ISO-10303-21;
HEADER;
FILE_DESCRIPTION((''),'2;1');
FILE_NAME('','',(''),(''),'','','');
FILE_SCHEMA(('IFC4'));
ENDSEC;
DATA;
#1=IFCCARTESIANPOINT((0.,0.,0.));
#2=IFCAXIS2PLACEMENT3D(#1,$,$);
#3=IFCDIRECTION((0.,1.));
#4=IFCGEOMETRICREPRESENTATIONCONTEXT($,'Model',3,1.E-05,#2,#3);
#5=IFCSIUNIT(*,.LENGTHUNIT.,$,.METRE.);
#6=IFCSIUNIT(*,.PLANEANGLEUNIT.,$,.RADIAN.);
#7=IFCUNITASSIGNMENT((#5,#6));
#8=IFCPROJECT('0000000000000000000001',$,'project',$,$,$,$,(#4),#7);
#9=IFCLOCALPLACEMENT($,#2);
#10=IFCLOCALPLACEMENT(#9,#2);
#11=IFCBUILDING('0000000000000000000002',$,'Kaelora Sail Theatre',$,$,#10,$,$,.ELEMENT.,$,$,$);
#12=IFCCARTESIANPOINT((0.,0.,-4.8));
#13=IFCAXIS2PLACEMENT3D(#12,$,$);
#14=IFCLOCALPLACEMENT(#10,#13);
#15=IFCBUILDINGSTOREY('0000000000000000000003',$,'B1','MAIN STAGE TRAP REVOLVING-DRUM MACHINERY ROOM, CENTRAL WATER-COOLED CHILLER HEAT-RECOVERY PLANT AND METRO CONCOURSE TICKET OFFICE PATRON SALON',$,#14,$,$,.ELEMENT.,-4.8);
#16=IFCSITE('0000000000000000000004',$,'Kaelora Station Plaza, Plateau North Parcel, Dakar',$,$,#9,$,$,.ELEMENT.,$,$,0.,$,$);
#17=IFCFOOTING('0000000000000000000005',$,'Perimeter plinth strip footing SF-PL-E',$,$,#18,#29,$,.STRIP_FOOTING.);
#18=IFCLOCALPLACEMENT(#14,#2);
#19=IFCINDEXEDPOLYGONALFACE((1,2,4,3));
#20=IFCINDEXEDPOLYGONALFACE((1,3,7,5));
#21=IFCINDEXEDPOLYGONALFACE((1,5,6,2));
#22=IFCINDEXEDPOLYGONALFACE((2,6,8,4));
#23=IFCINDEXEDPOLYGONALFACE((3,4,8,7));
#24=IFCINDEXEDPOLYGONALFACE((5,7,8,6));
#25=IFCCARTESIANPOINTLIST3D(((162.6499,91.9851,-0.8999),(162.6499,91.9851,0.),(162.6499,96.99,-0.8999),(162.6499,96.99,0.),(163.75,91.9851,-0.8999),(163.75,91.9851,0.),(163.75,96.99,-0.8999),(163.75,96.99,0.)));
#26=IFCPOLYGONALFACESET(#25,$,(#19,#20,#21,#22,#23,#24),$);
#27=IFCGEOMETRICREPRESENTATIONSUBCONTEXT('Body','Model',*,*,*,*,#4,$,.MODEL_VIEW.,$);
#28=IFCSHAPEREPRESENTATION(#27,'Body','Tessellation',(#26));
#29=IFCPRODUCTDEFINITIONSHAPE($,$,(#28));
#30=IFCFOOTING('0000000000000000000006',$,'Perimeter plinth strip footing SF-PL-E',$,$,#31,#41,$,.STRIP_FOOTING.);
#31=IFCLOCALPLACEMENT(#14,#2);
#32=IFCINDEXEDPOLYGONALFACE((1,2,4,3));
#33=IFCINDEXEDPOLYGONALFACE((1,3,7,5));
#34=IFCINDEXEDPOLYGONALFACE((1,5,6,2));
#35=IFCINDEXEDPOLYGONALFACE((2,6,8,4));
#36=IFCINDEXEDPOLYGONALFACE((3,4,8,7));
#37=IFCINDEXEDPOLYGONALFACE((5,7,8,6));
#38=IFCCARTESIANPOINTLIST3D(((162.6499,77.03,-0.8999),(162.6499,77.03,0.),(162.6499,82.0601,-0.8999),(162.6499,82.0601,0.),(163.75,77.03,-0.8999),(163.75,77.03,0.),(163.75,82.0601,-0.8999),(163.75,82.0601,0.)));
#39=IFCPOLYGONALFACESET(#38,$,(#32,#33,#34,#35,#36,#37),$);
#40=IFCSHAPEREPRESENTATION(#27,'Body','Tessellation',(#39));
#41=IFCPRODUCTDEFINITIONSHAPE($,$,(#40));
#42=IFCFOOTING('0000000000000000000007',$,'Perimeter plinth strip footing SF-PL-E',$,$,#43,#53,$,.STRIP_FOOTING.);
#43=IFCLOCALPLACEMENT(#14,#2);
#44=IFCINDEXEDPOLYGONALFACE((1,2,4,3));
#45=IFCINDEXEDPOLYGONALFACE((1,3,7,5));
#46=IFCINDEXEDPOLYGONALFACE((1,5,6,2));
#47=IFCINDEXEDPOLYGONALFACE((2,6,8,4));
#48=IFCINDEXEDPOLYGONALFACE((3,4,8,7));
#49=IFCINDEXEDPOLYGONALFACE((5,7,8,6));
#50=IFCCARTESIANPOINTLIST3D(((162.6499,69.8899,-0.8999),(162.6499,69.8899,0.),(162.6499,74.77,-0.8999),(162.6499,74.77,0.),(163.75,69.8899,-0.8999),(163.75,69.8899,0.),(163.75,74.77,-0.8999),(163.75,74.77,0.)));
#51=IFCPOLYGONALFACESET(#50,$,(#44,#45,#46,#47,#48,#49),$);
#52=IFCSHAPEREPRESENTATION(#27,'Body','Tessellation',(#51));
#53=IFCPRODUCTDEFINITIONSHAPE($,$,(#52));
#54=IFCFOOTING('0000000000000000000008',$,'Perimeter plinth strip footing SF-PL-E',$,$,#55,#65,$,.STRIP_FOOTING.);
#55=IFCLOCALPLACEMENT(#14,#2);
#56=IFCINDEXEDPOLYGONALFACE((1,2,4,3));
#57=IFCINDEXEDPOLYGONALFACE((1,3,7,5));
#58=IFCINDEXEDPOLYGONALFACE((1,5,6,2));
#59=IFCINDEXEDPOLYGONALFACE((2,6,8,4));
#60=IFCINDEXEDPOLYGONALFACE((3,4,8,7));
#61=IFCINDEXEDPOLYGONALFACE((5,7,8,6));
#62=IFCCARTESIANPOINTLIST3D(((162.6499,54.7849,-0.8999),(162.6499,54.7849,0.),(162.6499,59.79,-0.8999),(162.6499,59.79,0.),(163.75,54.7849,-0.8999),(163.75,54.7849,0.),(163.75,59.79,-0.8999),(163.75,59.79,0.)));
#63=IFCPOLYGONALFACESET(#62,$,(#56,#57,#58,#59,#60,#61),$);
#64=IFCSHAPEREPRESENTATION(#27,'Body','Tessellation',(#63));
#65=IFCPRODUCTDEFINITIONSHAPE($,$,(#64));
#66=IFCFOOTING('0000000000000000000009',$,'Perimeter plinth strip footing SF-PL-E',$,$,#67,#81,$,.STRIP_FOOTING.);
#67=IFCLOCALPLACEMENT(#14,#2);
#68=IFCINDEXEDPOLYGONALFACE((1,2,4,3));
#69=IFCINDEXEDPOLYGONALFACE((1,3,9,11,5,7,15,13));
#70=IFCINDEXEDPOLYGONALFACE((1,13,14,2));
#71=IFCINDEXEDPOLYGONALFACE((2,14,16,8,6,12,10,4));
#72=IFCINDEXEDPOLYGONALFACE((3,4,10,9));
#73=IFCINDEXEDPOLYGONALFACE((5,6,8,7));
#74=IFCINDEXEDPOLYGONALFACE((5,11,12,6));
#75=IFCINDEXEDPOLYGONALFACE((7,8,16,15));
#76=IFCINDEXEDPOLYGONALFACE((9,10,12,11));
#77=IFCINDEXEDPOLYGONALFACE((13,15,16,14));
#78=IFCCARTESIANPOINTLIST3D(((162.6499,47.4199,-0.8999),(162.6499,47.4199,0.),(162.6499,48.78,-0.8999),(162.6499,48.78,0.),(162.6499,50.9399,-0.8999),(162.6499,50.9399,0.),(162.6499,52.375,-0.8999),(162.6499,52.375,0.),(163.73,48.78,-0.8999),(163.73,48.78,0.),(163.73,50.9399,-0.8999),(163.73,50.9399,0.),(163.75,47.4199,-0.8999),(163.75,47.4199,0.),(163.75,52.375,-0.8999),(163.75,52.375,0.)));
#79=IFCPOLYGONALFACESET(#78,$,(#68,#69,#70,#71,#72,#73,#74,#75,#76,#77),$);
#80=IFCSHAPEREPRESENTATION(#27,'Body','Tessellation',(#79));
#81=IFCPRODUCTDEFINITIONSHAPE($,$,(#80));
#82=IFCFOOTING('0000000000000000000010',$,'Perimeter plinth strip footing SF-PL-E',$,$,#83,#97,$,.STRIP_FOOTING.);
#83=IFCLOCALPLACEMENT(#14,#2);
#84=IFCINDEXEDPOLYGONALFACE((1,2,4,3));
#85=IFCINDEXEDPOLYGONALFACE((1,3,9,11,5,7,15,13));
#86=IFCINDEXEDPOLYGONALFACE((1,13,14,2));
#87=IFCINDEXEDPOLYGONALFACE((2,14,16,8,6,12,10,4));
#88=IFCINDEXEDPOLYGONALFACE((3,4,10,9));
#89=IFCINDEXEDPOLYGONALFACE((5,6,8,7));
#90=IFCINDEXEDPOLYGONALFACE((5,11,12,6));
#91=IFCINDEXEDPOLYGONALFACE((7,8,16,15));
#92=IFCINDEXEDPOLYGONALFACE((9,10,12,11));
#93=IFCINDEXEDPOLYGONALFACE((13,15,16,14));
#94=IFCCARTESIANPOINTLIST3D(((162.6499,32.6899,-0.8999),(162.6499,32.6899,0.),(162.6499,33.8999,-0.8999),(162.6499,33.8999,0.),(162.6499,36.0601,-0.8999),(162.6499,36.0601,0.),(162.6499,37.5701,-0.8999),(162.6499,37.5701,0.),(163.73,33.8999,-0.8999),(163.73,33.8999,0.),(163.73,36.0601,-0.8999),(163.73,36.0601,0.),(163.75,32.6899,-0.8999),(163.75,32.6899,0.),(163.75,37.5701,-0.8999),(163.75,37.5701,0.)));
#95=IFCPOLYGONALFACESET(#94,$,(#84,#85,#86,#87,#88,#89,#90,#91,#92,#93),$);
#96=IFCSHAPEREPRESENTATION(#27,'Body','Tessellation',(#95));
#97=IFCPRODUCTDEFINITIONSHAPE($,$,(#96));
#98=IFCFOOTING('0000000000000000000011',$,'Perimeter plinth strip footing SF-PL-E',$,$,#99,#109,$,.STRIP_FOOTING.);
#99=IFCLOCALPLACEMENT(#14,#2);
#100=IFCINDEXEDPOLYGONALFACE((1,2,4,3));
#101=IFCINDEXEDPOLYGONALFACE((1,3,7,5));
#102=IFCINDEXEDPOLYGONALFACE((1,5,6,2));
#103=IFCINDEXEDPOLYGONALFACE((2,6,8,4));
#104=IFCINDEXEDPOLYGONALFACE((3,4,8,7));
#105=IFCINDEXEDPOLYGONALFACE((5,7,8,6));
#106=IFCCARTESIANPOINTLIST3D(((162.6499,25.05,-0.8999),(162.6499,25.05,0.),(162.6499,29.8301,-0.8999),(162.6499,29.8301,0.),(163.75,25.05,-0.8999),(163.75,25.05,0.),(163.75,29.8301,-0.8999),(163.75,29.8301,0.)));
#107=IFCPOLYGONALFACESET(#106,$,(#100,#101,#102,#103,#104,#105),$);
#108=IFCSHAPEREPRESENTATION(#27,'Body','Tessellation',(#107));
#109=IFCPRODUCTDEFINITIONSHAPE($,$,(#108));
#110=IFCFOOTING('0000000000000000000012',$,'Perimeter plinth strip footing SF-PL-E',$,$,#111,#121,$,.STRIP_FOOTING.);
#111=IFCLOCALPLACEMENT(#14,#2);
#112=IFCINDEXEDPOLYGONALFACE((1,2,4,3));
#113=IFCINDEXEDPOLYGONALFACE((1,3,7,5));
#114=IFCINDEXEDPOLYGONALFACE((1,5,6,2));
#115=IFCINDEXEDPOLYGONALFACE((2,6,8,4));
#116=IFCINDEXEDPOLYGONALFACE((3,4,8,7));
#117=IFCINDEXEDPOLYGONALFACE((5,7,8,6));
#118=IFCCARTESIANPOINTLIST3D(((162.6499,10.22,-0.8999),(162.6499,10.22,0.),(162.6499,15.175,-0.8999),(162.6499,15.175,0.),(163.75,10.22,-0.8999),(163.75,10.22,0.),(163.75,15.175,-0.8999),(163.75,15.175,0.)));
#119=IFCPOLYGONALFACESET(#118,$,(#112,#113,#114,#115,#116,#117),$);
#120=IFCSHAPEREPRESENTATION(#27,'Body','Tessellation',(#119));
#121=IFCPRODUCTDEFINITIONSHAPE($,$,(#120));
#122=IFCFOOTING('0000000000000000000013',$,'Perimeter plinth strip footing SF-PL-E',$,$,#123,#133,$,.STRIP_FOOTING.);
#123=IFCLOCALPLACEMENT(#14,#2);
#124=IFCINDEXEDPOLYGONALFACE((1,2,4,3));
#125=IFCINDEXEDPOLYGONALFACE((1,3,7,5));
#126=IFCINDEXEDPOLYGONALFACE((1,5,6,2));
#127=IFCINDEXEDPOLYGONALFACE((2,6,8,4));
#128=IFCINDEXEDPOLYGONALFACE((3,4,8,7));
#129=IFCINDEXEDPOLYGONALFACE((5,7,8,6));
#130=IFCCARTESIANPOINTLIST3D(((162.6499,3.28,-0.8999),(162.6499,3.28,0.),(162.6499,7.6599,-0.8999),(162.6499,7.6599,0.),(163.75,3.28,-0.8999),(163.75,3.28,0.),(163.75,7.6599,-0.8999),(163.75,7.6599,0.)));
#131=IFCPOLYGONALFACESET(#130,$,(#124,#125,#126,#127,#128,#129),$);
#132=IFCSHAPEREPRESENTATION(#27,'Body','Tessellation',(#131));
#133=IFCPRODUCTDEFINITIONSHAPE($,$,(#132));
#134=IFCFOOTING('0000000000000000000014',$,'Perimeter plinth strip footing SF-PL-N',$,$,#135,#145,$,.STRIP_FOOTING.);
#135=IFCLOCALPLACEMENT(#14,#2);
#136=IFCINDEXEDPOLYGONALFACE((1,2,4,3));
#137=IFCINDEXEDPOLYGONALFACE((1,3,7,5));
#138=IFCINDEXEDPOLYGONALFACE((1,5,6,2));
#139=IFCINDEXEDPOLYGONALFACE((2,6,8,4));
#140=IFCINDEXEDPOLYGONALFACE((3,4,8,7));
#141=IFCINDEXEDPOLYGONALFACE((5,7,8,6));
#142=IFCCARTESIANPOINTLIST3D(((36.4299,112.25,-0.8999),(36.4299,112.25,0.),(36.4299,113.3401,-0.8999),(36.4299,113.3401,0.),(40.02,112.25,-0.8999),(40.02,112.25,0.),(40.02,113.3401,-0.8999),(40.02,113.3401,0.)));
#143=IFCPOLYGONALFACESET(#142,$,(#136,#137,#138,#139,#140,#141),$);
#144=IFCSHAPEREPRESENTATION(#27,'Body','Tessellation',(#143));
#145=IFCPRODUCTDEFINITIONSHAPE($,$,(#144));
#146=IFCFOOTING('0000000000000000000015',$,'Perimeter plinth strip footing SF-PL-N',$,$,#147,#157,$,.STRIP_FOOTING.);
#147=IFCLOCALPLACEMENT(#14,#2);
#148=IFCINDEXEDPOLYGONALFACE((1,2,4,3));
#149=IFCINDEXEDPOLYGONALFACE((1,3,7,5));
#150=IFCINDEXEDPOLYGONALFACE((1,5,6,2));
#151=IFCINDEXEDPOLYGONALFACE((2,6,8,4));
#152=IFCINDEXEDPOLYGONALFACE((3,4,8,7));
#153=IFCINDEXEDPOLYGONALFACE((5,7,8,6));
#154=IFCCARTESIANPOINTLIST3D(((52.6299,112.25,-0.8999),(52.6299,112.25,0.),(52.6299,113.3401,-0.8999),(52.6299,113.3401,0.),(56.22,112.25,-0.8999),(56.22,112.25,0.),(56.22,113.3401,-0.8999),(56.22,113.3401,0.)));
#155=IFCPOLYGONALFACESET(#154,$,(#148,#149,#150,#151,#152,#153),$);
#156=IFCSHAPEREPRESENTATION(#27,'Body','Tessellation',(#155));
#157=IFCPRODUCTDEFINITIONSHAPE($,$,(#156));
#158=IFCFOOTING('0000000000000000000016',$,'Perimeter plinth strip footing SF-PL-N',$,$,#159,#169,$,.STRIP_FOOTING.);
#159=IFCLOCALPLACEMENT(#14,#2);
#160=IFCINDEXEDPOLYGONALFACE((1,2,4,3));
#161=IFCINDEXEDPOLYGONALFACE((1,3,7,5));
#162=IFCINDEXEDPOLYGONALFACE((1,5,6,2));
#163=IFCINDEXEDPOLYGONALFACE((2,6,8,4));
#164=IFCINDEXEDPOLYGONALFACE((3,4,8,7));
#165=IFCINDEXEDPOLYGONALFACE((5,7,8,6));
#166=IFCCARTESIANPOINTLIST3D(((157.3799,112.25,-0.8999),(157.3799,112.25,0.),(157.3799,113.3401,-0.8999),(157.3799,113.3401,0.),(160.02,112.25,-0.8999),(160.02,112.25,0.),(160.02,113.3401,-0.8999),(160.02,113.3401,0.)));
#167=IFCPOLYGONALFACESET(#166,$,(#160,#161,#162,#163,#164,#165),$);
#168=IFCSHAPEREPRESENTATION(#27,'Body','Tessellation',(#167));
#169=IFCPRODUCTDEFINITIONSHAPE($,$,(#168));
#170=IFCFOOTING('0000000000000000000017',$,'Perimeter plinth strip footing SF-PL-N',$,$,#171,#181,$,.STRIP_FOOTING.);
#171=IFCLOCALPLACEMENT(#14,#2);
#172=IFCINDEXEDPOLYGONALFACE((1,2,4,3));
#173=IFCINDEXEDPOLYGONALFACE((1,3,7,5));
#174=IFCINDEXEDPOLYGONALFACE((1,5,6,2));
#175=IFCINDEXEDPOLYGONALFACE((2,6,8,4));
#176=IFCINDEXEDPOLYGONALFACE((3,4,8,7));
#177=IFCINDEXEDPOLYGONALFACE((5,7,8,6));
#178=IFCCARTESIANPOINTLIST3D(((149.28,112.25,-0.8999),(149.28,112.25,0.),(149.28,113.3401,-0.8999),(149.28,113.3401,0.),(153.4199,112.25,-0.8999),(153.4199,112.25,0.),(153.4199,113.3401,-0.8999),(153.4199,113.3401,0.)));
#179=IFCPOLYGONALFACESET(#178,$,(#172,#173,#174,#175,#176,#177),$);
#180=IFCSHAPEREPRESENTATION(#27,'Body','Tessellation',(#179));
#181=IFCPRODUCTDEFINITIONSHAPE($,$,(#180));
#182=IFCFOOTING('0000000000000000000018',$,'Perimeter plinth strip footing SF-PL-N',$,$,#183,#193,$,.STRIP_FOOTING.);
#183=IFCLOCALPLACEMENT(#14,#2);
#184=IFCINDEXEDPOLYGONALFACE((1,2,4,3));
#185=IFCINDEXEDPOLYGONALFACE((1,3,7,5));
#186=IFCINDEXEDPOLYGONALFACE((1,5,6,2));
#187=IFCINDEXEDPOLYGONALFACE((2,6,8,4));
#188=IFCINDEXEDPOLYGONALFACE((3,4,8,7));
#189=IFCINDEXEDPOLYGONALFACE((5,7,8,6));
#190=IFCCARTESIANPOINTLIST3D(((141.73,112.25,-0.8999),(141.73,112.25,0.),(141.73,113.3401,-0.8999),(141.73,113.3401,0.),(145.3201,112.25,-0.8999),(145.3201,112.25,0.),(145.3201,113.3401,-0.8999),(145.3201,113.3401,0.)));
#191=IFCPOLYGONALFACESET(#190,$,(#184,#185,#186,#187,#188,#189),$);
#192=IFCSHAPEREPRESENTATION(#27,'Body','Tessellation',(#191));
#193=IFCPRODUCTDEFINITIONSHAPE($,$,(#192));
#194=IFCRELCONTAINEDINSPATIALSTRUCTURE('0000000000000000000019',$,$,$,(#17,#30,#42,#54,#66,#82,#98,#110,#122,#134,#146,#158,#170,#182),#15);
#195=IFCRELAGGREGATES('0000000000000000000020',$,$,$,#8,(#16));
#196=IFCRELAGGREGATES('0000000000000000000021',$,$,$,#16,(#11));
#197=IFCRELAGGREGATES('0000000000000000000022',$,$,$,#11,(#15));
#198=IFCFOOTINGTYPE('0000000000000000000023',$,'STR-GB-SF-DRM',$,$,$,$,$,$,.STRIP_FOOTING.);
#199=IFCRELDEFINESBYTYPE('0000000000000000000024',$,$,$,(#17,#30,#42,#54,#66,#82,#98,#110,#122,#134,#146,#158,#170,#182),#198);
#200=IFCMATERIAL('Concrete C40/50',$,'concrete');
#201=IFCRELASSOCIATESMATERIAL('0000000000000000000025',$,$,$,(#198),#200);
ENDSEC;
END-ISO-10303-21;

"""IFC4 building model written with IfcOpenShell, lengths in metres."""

from ifc_helpers import new_model, si_unit, direction, frame, origin, place, context, subcontext, project, spatial, polyline, outline, extrude, material, type_object, element, save


model = new_model("IFC4")

# Units and contexts
model_context = context("Model", 3, precision=1e-05, world=origin(), true_north=direction((0.0, 1.0)))
body_context = subcontext(model_context, "Body", "Model", "MODEL_VIEW")
ifc_project = project(units=[si_unit("LENGTHUNIT", "METRE"), si_unit("PLANEANGLEUNIT", "RADIAN")], contexts=[model_context])

# Site, building, storey
site_placement = place(None, origin())
site = spatial("IfcSite", under=ifc_project, at=site_placement, Name="Kaelora Station Plaza, Plateau North Parcel, Dakar", CompositionType="ELEMENT", RefElevation=0.0)
building_placement = place(site_placement, origin())
building = spatial("IfcBuilding", under=site, at=building_placement, Name="Kaelora Sail Theatre", CompositionType="ELEMENT")
storey_placement = place(building_placement, frame((0.0, 0.0, -4.8)))
storey = spatial("IfcBuildingStorey", under=building, at=storey_placement, Name="B1", Description="MAIN STAGE TRAP REVOLVING-DRUM MACHINERY ROOM, CENTRAL WATER-COOLED CHILLER HEAT-RECOVERY PLANT AND METRO CONCOURSE TICKET OFFICE PATRON SALON", CompositionType="ELEMENT", Elevation=-4.8)

# Footings
ifc_material = material(Name="Concrete C40/50", Category="concrete")
footing_type = type_object("IfcFootingType", Name="STR-GB-SF-DRM", PredefinedType="STRIP_FOOTING", material=ifc_material)
footing_1_placement = place(storey_placement, frame((0.0, 0.0, -0.8999)))
element("IfcFooting", 1, at=footing_1_placement, inside=storey, type_object=footing_type, Name="Perimeter plinth strip footing SF-PL-E", PredefinedType="STRIP_FOOTING", context=body_context, shape_type="SweptSolid", body=[
    extrude(outline(polyline([(163.75, 96.99), (163.75, 91.9851), (162.6499, 91.9851), (162.6499, 96.99), (163.75, 96.99)])), origin(), (0.0, 0.0, 1.0), 0.8999),
])
footing_2_placement = place(storey_placement, frame((0.0, 0.0, -0.8999)))
element("IfcFooting", 2, at=footing_2_placement, inside=storey, type_object=footing_type, Name="Perimeter plinth strip footing SF-PL-E", PredefinedType="STRIP_FOOTING", context=body_context, shape_type="SweptSolid", body=[
    extrude(outline(polyline([(162.6499, 77.03), (162.6499, 82.0601), (163.75, 82.0601), (163.75, 77.03), (162.6499, 77.03)])), origin(), (0.0, 0.0, 1.0), 0.8999),
])
footing_3_placement = place(storey_placement, frame((0.0, 0.0, -0.8999)))
element("IfcFooting", 3, at=footing_3_placement, inside=storey, type_object=footing_type, Name="Perimeter plinth strip footing SF-PL-E", PredefinedType="STRIP_FOOTING", context=body_context, shape_type="SweptSolid", body=[
    extrude(outline(polyline([(162.6499, 74.77), (163.75, 74.77), (163.75, 69.8899), (162.6499, 69.8899), (162.6499, 74.77)])), origin(), (0.0, 0.0, 1.0), 0.8999),
])
footing_4_placement = place(storey_placement, frame((0.0, 0.0, -0.8999)))
element("IfcFooting", 4, at=footing_4_placement, inside=storey, type_object=footing_type, Name="Perimeter plinth strip footing SF-PL-E", PredefinedType="STRIP_FOOTING", context=body_context, shape_type="SweptSolid", body=[
    extrude(outline(polyline([(163.75, 54.7849), (162.6499, 54.7849), (162.6499, 59.79), (163.75, 59.79), (163.75, 54.7849)])), origin(), (0.0, 0.0, 1.0), 0.8999),
])
footing_5_placement = place(storey_placement, frame((0.0, 0.0, -0.8999)))
element("IfcFooting", 5, at=footing_5_placement, inside=storey, type_object=footing_type, Name="Perimeter plinth strip footing SF-PL-E", PredefinedType="STRIP_FOOTING", context=body_context, shape_type="SweptSolid", body=[
    extrude(outline(polyline([(162.6499, 50.9399), (162.6499, 52.375), (163.75, 52.375), (163.75, 47.4199), (162.6499, 47.4199), (162.6499, 48.78), (163.73, 48.78), (163.73, 50.9399), (162.6499, 50.9399)])), origin(), (0.0, 0.0, 1.0), 0.8999),
])
footing_6_placement = place(storey_placement, frame((0.0, 0.0, -0.8999)))
element("IfcFooting", 6, at=footing_6_placement, inside=storey, type_object=footing_type, Name="Perimeter plinth strip footing SF-PL-E", PredefinedType="STRIP_FOOTING", context=body_context, shape_type="SweptSolid", body=[
    extrude(outline(polyline([(163.75, 37.5701), (163.75, 32.6899), (162.6499, 32.6899), (162.6499, 33.8999), (163.73, 33.8999), (163.73, 36.0601), (162.6499, 36.0601), (162.6499, 37.5701), (163.75, 37.5701)])), origin(), (0.0, 0.0, 1.0), 0.8999),
])
footing_7_placement = place(storey_placement, frame((0.0, 0.0, -0.8999)))
element("IfcFooting", 7, at=footing_7_placement, inside=storey, type_object=footing_type, Name="Perimeter plinth strip footing SF-PL-E", PredefinedType="STRIP_FOOTING", context=body_context, shape_type="SweptSolid", body=[
    extrude(outline(polyline([(163.75, 25.05), (162.6499, 25.05), (162.6499, 29.8301), (163.75, 29.8301), (163.75, 25.05)])), origin(), (0.0, 0.0, 1.0), 0.8999),
])
footing_8_placement = place(storey_placement, frame((0.0, 0.0, -0.8999)))
element("IfcFooting", 8, at=footing_8_placement, inside=storey, type_object=footing_type, Name="Perimeter plinth strip footing SF-PL-E", PredefinedType="STRIP_FOOTING", context=body_context, shape_type="SweptSolid", body=[
    extrude(outline(polyline([(162.6499, 15.175), (163.75, 15.175), (163.75, 10.22), (162.6499, 10.22), (162.6499, 15.175)])), origin(), (0.0, 0.0, 1.0), 0.8999),
])
footing_9_placement = place(storey_placement, frame((0.0, 0.0, -0.8999)))
element("IfcFooting", 9, at=footing_9_placement, inside=storey, type_object=footing_type, Name="Perimeter plinth strip footing SF-PL-E", PredefinedType="STRIP_FOOTING", context=body_context, shape_type="SweptSolid", body=[
    extrude(outline(polyline([(163.75, 7.6599), (163.75, 3.28), (162.6499, 3.28), (162.6499, 7.6599), (163.75, 7.6599)])), origin(), (0.0, 0.0, 1.0), 0.8999),
])
footing_10_placement = place(storey_placement, frame((0.0, 0.0, -0.8999)))
element("IfcFooting", 10, at=footing_10_placement, inside=storey, type_object=footing_type, Name="Perimeter plinth strip footing SF-PL-N", PredefinedType="STRIP_FOOTING", context=body_context, shape_type="SweptSolid", body=[
    extrude(outline(polyline([(40.02, 112.25), (36.4299, 112.25), (36.4299, 113.3401), (40.02, 113.3401), (40.02, 112.25)])), origin(), (0.0, 0.0, 1.0), 0.8999),
])
footing_11_placement = place(storey_placement, frame((0.0, 0.0, -0.8999)))
element("IfcFooting", 11, at=footing_11_placement, inside=storey, type_object=footing_type, Name="Perimeter plinth strip footing SF-PL-N", PredefinedType="STRIP_FOOTING", context=body_context, shape_type="SweptSolid", body=[
    extrude(outline(polyline([(52.6299, 113.3401), (56.22, 113.3401), (56.22, 112.25), (52.6299, 112.25), (52.6299, 113.3401)])), origin(), (0.0, 0.0, 1.0), 0.8999),
])
footing_12_placement = place(storey_placement, frame((0.0, 0.0, -0.8999)))
element("IfcFooting", 12, at=footing_12_placement, inside=storey, type_object=footing_type, Name="Perimeter plinth strip footing SF-PL-N", PredefinedType="STRIP_FOOTING", context=body_context, shape_type="SweptSolid", body=[
    extrude(outline(polyline([(157.3799, 112.25), (157.3799, 113.3401), (160.02, 113.3401), (160.02, 112.25), (157.3799, 112.25)])), origin(), (0.0, 0.0, 1.0), 0.8999),
])
footing_13_placement = place(storey_placement, frame((0.0, 0.0, -0.8999)))
element("IfcFooting", 13, at=footing_13_placement, inside=storey, type_object=footing_type, Name="Perimeter plinth strip footing SF-PL-N", PredefinedType="STRIP_FOOTING", context=body_context, shape_type="SweptSolid", body=[
    extrude(outline(polyline([(149.28, 112.25), (149.28, 113.3401), (153.4199, 113.3401), (153.4199, 112.25), (149.28, 112.25)])), origin(), (0.0, 0.0, 1.0), 0.8999),
])
footing_14_placement = place(storey_placement, frame((0.0, 0.0, -0.8999)))
element("IfcFooting", 14, at=footing_14_placement, inside=storey, type_object=footing_type, Name="Perimeter plinth strip footing SF-PL-N", PredefinedType="STRIP_FOOTING", context=body_context, shape_type="SweptSolid", body=[
    extrude(outline(polyline([(141.73, 112.25), (141.73, 113.3401), (145.3201, 113.3401), (145.3201, 112.25), (141.73, 112.25)])), origin(), (0.0, 0.0, 1.0), 0.8999),
])

save(model, "model.ifc")
